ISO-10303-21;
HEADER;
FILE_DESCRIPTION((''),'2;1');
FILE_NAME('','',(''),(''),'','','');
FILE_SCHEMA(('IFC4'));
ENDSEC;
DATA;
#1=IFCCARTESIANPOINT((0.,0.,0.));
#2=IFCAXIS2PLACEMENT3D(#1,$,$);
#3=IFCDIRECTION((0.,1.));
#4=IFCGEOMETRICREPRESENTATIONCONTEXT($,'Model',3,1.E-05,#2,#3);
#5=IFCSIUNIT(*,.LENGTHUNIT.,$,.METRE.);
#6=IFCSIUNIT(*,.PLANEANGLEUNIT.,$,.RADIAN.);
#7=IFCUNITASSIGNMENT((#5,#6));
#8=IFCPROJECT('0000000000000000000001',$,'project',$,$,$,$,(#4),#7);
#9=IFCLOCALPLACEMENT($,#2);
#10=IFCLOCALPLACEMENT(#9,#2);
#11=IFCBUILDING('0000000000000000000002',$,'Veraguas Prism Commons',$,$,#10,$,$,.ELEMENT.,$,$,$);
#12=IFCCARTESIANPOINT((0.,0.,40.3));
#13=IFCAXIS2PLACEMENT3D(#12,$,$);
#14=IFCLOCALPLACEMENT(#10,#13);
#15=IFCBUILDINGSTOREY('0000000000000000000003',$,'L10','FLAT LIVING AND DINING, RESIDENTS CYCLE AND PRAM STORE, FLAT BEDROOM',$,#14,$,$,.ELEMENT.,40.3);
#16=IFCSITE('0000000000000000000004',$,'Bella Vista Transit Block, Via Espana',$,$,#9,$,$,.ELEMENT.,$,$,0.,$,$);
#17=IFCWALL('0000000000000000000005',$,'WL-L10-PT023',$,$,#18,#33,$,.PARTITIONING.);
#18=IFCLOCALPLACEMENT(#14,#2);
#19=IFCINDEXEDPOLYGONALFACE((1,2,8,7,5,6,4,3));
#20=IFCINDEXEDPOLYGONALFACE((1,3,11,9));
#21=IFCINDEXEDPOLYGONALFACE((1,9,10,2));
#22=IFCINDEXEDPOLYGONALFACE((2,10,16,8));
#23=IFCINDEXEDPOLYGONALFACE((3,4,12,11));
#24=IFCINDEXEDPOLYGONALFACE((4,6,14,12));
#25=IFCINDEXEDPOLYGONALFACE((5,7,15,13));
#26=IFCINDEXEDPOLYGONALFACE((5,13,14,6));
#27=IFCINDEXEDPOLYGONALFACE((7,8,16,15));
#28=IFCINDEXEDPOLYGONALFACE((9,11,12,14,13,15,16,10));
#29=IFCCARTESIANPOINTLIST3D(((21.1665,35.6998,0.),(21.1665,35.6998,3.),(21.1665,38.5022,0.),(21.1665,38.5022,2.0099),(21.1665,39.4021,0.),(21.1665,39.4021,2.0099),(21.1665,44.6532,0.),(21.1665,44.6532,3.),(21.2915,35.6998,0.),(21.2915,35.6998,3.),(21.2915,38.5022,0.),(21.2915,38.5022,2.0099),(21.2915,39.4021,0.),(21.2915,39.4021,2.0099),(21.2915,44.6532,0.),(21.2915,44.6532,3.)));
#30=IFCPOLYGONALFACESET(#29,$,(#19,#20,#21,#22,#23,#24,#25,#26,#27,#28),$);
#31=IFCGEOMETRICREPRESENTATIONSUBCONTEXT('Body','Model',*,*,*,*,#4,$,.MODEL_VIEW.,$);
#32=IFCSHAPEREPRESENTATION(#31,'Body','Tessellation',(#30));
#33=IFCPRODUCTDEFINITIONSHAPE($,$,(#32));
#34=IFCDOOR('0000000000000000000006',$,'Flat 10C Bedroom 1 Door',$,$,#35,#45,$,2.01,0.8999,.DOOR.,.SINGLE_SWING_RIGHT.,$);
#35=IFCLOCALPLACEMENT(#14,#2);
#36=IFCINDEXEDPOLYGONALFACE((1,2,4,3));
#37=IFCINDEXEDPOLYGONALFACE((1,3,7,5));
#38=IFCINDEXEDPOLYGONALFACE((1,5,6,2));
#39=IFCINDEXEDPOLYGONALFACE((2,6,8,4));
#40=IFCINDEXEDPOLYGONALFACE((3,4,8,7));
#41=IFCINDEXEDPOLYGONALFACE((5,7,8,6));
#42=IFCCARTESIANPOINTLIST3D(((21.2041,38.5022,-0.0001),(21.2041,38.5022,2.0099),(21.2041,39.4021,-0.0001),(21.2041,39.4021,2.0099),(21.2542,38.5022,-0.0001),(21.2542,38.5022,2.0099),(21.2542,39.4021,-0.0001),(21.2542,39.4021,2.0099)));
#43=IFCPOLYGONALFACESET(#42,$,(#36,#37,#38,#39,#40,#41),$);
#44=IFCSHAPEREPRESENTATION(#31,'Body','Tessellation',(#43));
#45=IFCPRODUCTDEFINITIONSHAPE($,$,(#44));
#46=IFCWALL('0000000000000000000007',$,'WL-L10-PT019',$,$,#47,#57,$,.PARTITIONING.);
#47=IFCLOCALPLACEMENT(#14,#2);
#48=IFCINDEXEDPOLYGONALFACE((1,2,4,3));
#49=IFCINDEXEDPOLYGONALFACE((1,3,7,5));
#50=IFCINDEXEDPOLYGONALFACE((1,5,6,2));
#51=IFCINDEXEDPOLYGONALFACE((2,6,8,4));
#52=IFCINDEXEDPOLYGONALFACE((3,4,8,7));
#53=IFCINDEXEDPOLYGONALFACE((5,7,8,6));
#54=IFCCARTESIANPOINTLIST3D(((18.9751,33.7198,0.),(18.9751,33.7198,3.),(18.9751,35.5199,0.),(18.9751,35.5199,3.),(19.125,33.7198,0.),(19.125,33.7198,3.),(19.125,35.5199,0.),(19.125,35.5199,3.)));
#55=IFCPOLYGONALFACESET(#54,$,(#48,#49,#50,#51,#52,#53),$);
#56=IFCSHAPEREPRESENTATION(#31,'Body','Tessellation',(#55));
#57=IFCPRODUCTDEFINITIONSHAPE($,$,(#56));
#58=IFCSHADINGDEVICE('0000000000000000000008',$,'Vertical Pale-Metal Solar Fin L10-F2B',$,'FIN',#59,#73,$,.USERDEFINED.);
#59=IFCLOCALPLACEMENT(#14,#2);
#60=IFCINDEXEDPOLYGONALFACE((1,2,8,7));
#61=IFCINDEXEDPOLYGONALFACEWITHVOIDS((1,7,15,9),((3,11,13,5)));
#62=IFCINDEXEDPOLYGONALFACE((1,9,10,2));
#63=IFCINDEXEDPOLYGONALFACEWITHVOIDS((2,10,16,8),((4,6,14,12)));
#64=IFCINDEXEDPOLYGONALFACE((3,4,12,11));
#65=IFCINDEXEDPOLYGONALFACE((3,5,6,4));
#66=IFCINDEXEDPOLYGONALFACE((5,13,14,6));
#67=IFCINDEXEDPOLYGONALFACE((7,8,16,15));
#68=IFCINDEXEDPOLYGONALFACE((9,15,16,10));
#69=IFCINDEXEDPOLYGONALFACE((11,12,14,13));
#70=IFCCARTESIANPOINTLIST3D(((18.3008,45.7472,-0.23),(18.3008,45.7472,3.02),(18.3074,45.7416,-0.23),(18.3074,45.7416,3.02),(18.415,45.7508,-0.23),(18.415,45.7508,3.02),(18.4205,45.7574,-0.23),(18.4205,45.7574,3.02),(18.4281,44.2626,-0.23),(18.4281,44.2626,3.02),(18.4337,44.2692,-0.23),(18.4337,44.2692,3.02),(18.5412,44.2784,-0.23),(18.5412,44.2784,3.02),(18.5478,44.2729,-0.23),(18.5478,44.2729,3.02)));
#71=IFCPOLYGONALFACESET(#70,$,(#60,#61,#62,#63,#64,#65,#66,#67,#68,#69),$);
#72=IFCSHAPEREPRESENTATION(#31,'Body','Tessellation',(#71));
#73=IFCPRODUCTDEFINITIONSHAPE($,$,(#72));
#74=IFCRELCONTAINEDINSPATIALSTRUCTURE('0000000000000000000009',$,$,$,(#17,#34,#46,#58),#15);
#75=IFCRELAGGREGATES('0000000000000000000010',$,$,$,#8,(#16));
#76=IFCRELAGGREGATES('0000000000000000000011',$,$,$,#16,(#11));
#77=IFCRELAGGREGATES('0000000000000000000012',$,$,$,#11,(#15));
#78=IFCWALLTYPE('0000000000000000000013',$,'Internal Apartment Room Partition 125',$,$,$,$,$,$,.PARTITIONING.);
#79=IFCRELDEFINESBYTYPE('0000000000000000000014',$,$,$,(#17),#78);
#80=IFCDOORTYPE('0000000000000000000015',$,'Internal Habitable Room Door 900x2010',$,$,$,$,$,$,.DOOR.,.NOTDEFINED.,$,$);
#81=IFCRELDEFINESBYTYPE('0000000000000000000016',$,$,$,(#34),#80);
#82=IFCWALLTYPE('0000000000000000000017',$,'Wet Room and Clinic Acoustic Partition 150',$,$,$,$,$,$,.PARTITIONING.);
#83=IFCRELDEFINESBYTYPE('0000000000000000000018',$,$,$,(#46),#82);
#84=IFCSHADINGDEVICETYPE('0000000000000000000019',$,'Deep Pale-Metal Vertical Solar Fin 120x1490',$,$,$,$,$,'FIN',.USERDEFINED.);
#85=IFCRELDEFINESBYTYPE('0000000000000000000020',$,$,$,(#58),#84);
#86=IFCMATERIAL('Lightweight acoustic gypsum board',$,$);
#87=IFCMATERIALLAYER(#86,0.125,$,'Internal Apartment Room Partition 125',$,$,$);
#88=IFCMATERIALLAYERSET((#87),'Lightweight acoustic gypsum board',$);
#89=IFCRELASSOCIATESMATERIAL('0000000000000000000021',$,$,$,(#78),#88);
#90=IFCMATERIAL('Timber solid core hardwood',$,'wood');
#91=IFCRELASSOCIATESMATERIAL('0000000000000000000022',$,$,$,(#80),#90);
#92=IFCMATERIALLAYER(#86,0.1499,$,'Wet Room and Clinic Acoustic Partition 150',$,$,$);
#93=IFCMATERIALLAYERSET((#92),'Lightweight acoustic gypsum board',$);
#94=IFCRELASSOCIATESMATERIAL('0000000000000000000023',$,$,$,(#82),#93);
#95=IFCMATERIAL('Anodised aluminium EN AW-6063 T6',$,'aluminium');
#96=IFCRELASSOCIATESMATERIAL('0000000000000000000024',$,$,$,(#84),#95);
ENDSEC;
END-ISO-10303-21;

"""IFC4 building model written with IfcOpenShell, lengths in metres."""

from ifc_helpers import new_model, si_unit, direction, frame, frame_2d, origin, origin_2d, place, context, subcontext, project, spatial, rectangle, hollow_rectangle, extrude, source, transform, mapped, material, layer, layer_set, material_profile, profile_set, type_object, element, fill, save


model = new_model("IFC4")

# Units and contexts
model_context = context("Model", 3, precision=1e-05, world=origin(), true_north=direction((0.0, 1.0)))
body_context = subcontext(model_context, "Body", "Model", "MODEL_VIEW")
ifc_project = project(units=[si_unit("LENGTHUNIT", "METRE"), si_unit("PLANEANGLEUNIT", "RADIAN")], contexts=[model_context])

# Site, building, storey
site_placement = place(None, origin())
site = spatial("IfcSite", under=ifc_project, at=site_placement, Name="Bella Vista Transit Block, Via Espana", CompositionType="ELEMENT", RefElevation=0.0)
building_placement = place(site_placement, origin())
building = spatial("IfcBuilding", under=site, at=building_placement, Name="Veraguas Prism Commons", CompositionType="ELEMENT")
storey_placement = place(building_placement, frame((0.0, 0.0, 40.3)))
storey = spatial("IfcBuildingStorey", under=building, at=storey_placement, Name="L10", Description="FLAT LIVING AND DINING, RESIDENTS CYCLE AND PRAM STORE, FLAT BEDROOM", CompositionType="ELEMENT", Elevation=40.3)

# Shared definitions
ifc_material_1 = material(Name="Anodised aluminium EN AW-6063 T6", Category="aluminium")

# Shared definitions
ifc_material_2 = material(Name="Lightweight acoustic gypsum board")
ifc_layer_1 = layer(ifc_material_2, 0.125, Name="Internal Apartment Room Partition 125")
ifc_layer_set_1 = layer_set([ifc_layer_1], Name="Lightweight acoustic gypsum board")
wall_type_1 = type_object("IfcWallType", Name="Internal Apartment Room Partition 125", PredefinedType="PARTITIONING", material=ifc_layer_set_1)
ifc_material_3 = material(Name="Timber solid core hardwood", Category="wood")
door_type_1 = type_object("IfcDoorType", Name="Internal Habitable Room Door 900x2010", OperationType="NOTDEFINED", PredefinedType="DOOR", material=ifc_material_3)
shared_shape_1 = source(origin(), body_context, "Body", "SweptSolid", [
    extrude(rectangle(XDim=0.8999, YDim=2.01, at=frame_2d((0.45, 1.0049))), frame((0.0, 0.0249, 0.0), z_axis=(0.0, -1.0, 0.0), x_axis=(1.0, 0.0, 0.0)), (0.0, 0.0, 1.0), 0.05),
])

# Wall, opening, door
wall_1_placement = place(storey_placement, frame((21.229, 35.7, 0.0), z_axis=(0.0, 0.0, 1.0), x_axis=(0.0, 1.0, 0.0)))
wall_1 = element("IfcWall", 1, at=wall_1_placement, inside=storey, type_object=wall_type_1, Name="WL-L10-PT023", PredefinedType="PARTITIONING", context=body_context, shape_type="SweptSolid", body=[
    extrude(rectangle(XDim=8.9534, YDim=0.125, at=frame_2d((4.4766, 0.0))), origin(), (0.0, 0.0, 1.0), 3.0),
])
opening_1_placement = place(wall_1_placement, frame((2.8022, 0.0, 0.0)))
opening_1 = element("IfcOpeningElement", 2, at=opening_1_placement, cuts=wall_1, PredefinedType="OPENING", context=body_context, shape_type="SweptSolid", body=[
    extrude(rectangle(XDim=0.8999, YDim=2.01, at=frame_2d((0.45, 1.0049))), frame((0.0, 0.0725, 0.0), z_axis=(0.0, -1.0, 0.0), x_axis=(1.0, 0.0, 0.0)), (0.0, 0.0, 1.0), 0.145),
])
door_1_placement = place(opening_1_placement, origin())
door_1 = element("IfcDoor", 3, at=door_1_placement, inside=storey, type_object=door_type_1, Name="Flat 10C Bedroom 1 Door", OperationType="SINGLE_SWING_RIGHT", OverallHeight=2.01, OverallWidth=0.8999, PredefinedType="DOOR", context=body_context, shape_type="MappedRepresentation", body=[
    mapped(shared_shape_1, transform((0.0, 0.0, 0.0), scale=1.0)),
])
fill(opening_1, door_1)

# Wall
ifc_layer_2 = layer(ifc_material_2, 0.1499, Name="Wet Room and Clinic Acoustic Partition 150")
ifc_layer_set_2 = layer_set([ifc_layer_2], Name="Lightweight acoustic gypsum board")
wall_type_2 = type_object("IfcWallType", Name="Wet Room and Clinic Acoustic Partition 150", PredefinedType="PARTITIONING", material=ifc_layer_set_2)
wall_2_placement = place(storey_placement, frame((19.05, 33.72, 0.0), z_axis=(0.0, 0.0, 1.0), x_axis=(0.0, 1.0, 0.0)))
element("IfcWall", 4, at=wall_2_placement, inside=storey, type_object=wall_type_2, Name="WL-L10-PT019", PredefinedType="PARTITIONING", context=body_context, shape_type="SweptSolid", body=[
    extrude(rectangle(XDim=1.8, YDim=0.1499, at=frame_2d((0.8999, 0.0))), origin(), (0.0, 0.0, 1.0), 3.0),
])

# Shading device
ifc_material_profile_1 = material_profile(ifc_material_1, hollow_rectangle(XDim=0.1201, YDim=1.49, WallThickness=0.0061, at=origin_2d()), Name="FIN120X1490X6")
ifc_profile_set_1 = profile_set([ifc_material_profile_1], Name="Anodised aluminium EN AW-6063 T6")
shading_device_type = type_object("IfcShadingDeviceType", Name="Deep Pale-Metal Vertical Solar Fin 120x1490", ElementType="FIN", PredefinedType="USERDEFINED", material=ifc_profile_set_1)
shading_device_placement = place(storey_placement, frame((18.4243, 45.01, -0.23), z_axis=(0.0, 0.0, 1.0), x_axis=(-0.996346, -0.085413, 0.0)))
element("IfcShadingDevice", 5, at=shading_device_placement, inside=storey, type_object=shading_device_type, Name="Vertical Pale-Metal Solar Fin L10-F2B", ObjectType="FIN", PredefinedType="USERDEFINED", context=body_context, shape_type="SweptSolid", body=[
    extrude(hollow_rectangle(XDim=0.1201, YDim=1.49, WallThickness=0.0061, at=origin_2d()), origin(), (0.0, 0.0, 1.0), 3.25),
])

save(model, "model.ifc")
